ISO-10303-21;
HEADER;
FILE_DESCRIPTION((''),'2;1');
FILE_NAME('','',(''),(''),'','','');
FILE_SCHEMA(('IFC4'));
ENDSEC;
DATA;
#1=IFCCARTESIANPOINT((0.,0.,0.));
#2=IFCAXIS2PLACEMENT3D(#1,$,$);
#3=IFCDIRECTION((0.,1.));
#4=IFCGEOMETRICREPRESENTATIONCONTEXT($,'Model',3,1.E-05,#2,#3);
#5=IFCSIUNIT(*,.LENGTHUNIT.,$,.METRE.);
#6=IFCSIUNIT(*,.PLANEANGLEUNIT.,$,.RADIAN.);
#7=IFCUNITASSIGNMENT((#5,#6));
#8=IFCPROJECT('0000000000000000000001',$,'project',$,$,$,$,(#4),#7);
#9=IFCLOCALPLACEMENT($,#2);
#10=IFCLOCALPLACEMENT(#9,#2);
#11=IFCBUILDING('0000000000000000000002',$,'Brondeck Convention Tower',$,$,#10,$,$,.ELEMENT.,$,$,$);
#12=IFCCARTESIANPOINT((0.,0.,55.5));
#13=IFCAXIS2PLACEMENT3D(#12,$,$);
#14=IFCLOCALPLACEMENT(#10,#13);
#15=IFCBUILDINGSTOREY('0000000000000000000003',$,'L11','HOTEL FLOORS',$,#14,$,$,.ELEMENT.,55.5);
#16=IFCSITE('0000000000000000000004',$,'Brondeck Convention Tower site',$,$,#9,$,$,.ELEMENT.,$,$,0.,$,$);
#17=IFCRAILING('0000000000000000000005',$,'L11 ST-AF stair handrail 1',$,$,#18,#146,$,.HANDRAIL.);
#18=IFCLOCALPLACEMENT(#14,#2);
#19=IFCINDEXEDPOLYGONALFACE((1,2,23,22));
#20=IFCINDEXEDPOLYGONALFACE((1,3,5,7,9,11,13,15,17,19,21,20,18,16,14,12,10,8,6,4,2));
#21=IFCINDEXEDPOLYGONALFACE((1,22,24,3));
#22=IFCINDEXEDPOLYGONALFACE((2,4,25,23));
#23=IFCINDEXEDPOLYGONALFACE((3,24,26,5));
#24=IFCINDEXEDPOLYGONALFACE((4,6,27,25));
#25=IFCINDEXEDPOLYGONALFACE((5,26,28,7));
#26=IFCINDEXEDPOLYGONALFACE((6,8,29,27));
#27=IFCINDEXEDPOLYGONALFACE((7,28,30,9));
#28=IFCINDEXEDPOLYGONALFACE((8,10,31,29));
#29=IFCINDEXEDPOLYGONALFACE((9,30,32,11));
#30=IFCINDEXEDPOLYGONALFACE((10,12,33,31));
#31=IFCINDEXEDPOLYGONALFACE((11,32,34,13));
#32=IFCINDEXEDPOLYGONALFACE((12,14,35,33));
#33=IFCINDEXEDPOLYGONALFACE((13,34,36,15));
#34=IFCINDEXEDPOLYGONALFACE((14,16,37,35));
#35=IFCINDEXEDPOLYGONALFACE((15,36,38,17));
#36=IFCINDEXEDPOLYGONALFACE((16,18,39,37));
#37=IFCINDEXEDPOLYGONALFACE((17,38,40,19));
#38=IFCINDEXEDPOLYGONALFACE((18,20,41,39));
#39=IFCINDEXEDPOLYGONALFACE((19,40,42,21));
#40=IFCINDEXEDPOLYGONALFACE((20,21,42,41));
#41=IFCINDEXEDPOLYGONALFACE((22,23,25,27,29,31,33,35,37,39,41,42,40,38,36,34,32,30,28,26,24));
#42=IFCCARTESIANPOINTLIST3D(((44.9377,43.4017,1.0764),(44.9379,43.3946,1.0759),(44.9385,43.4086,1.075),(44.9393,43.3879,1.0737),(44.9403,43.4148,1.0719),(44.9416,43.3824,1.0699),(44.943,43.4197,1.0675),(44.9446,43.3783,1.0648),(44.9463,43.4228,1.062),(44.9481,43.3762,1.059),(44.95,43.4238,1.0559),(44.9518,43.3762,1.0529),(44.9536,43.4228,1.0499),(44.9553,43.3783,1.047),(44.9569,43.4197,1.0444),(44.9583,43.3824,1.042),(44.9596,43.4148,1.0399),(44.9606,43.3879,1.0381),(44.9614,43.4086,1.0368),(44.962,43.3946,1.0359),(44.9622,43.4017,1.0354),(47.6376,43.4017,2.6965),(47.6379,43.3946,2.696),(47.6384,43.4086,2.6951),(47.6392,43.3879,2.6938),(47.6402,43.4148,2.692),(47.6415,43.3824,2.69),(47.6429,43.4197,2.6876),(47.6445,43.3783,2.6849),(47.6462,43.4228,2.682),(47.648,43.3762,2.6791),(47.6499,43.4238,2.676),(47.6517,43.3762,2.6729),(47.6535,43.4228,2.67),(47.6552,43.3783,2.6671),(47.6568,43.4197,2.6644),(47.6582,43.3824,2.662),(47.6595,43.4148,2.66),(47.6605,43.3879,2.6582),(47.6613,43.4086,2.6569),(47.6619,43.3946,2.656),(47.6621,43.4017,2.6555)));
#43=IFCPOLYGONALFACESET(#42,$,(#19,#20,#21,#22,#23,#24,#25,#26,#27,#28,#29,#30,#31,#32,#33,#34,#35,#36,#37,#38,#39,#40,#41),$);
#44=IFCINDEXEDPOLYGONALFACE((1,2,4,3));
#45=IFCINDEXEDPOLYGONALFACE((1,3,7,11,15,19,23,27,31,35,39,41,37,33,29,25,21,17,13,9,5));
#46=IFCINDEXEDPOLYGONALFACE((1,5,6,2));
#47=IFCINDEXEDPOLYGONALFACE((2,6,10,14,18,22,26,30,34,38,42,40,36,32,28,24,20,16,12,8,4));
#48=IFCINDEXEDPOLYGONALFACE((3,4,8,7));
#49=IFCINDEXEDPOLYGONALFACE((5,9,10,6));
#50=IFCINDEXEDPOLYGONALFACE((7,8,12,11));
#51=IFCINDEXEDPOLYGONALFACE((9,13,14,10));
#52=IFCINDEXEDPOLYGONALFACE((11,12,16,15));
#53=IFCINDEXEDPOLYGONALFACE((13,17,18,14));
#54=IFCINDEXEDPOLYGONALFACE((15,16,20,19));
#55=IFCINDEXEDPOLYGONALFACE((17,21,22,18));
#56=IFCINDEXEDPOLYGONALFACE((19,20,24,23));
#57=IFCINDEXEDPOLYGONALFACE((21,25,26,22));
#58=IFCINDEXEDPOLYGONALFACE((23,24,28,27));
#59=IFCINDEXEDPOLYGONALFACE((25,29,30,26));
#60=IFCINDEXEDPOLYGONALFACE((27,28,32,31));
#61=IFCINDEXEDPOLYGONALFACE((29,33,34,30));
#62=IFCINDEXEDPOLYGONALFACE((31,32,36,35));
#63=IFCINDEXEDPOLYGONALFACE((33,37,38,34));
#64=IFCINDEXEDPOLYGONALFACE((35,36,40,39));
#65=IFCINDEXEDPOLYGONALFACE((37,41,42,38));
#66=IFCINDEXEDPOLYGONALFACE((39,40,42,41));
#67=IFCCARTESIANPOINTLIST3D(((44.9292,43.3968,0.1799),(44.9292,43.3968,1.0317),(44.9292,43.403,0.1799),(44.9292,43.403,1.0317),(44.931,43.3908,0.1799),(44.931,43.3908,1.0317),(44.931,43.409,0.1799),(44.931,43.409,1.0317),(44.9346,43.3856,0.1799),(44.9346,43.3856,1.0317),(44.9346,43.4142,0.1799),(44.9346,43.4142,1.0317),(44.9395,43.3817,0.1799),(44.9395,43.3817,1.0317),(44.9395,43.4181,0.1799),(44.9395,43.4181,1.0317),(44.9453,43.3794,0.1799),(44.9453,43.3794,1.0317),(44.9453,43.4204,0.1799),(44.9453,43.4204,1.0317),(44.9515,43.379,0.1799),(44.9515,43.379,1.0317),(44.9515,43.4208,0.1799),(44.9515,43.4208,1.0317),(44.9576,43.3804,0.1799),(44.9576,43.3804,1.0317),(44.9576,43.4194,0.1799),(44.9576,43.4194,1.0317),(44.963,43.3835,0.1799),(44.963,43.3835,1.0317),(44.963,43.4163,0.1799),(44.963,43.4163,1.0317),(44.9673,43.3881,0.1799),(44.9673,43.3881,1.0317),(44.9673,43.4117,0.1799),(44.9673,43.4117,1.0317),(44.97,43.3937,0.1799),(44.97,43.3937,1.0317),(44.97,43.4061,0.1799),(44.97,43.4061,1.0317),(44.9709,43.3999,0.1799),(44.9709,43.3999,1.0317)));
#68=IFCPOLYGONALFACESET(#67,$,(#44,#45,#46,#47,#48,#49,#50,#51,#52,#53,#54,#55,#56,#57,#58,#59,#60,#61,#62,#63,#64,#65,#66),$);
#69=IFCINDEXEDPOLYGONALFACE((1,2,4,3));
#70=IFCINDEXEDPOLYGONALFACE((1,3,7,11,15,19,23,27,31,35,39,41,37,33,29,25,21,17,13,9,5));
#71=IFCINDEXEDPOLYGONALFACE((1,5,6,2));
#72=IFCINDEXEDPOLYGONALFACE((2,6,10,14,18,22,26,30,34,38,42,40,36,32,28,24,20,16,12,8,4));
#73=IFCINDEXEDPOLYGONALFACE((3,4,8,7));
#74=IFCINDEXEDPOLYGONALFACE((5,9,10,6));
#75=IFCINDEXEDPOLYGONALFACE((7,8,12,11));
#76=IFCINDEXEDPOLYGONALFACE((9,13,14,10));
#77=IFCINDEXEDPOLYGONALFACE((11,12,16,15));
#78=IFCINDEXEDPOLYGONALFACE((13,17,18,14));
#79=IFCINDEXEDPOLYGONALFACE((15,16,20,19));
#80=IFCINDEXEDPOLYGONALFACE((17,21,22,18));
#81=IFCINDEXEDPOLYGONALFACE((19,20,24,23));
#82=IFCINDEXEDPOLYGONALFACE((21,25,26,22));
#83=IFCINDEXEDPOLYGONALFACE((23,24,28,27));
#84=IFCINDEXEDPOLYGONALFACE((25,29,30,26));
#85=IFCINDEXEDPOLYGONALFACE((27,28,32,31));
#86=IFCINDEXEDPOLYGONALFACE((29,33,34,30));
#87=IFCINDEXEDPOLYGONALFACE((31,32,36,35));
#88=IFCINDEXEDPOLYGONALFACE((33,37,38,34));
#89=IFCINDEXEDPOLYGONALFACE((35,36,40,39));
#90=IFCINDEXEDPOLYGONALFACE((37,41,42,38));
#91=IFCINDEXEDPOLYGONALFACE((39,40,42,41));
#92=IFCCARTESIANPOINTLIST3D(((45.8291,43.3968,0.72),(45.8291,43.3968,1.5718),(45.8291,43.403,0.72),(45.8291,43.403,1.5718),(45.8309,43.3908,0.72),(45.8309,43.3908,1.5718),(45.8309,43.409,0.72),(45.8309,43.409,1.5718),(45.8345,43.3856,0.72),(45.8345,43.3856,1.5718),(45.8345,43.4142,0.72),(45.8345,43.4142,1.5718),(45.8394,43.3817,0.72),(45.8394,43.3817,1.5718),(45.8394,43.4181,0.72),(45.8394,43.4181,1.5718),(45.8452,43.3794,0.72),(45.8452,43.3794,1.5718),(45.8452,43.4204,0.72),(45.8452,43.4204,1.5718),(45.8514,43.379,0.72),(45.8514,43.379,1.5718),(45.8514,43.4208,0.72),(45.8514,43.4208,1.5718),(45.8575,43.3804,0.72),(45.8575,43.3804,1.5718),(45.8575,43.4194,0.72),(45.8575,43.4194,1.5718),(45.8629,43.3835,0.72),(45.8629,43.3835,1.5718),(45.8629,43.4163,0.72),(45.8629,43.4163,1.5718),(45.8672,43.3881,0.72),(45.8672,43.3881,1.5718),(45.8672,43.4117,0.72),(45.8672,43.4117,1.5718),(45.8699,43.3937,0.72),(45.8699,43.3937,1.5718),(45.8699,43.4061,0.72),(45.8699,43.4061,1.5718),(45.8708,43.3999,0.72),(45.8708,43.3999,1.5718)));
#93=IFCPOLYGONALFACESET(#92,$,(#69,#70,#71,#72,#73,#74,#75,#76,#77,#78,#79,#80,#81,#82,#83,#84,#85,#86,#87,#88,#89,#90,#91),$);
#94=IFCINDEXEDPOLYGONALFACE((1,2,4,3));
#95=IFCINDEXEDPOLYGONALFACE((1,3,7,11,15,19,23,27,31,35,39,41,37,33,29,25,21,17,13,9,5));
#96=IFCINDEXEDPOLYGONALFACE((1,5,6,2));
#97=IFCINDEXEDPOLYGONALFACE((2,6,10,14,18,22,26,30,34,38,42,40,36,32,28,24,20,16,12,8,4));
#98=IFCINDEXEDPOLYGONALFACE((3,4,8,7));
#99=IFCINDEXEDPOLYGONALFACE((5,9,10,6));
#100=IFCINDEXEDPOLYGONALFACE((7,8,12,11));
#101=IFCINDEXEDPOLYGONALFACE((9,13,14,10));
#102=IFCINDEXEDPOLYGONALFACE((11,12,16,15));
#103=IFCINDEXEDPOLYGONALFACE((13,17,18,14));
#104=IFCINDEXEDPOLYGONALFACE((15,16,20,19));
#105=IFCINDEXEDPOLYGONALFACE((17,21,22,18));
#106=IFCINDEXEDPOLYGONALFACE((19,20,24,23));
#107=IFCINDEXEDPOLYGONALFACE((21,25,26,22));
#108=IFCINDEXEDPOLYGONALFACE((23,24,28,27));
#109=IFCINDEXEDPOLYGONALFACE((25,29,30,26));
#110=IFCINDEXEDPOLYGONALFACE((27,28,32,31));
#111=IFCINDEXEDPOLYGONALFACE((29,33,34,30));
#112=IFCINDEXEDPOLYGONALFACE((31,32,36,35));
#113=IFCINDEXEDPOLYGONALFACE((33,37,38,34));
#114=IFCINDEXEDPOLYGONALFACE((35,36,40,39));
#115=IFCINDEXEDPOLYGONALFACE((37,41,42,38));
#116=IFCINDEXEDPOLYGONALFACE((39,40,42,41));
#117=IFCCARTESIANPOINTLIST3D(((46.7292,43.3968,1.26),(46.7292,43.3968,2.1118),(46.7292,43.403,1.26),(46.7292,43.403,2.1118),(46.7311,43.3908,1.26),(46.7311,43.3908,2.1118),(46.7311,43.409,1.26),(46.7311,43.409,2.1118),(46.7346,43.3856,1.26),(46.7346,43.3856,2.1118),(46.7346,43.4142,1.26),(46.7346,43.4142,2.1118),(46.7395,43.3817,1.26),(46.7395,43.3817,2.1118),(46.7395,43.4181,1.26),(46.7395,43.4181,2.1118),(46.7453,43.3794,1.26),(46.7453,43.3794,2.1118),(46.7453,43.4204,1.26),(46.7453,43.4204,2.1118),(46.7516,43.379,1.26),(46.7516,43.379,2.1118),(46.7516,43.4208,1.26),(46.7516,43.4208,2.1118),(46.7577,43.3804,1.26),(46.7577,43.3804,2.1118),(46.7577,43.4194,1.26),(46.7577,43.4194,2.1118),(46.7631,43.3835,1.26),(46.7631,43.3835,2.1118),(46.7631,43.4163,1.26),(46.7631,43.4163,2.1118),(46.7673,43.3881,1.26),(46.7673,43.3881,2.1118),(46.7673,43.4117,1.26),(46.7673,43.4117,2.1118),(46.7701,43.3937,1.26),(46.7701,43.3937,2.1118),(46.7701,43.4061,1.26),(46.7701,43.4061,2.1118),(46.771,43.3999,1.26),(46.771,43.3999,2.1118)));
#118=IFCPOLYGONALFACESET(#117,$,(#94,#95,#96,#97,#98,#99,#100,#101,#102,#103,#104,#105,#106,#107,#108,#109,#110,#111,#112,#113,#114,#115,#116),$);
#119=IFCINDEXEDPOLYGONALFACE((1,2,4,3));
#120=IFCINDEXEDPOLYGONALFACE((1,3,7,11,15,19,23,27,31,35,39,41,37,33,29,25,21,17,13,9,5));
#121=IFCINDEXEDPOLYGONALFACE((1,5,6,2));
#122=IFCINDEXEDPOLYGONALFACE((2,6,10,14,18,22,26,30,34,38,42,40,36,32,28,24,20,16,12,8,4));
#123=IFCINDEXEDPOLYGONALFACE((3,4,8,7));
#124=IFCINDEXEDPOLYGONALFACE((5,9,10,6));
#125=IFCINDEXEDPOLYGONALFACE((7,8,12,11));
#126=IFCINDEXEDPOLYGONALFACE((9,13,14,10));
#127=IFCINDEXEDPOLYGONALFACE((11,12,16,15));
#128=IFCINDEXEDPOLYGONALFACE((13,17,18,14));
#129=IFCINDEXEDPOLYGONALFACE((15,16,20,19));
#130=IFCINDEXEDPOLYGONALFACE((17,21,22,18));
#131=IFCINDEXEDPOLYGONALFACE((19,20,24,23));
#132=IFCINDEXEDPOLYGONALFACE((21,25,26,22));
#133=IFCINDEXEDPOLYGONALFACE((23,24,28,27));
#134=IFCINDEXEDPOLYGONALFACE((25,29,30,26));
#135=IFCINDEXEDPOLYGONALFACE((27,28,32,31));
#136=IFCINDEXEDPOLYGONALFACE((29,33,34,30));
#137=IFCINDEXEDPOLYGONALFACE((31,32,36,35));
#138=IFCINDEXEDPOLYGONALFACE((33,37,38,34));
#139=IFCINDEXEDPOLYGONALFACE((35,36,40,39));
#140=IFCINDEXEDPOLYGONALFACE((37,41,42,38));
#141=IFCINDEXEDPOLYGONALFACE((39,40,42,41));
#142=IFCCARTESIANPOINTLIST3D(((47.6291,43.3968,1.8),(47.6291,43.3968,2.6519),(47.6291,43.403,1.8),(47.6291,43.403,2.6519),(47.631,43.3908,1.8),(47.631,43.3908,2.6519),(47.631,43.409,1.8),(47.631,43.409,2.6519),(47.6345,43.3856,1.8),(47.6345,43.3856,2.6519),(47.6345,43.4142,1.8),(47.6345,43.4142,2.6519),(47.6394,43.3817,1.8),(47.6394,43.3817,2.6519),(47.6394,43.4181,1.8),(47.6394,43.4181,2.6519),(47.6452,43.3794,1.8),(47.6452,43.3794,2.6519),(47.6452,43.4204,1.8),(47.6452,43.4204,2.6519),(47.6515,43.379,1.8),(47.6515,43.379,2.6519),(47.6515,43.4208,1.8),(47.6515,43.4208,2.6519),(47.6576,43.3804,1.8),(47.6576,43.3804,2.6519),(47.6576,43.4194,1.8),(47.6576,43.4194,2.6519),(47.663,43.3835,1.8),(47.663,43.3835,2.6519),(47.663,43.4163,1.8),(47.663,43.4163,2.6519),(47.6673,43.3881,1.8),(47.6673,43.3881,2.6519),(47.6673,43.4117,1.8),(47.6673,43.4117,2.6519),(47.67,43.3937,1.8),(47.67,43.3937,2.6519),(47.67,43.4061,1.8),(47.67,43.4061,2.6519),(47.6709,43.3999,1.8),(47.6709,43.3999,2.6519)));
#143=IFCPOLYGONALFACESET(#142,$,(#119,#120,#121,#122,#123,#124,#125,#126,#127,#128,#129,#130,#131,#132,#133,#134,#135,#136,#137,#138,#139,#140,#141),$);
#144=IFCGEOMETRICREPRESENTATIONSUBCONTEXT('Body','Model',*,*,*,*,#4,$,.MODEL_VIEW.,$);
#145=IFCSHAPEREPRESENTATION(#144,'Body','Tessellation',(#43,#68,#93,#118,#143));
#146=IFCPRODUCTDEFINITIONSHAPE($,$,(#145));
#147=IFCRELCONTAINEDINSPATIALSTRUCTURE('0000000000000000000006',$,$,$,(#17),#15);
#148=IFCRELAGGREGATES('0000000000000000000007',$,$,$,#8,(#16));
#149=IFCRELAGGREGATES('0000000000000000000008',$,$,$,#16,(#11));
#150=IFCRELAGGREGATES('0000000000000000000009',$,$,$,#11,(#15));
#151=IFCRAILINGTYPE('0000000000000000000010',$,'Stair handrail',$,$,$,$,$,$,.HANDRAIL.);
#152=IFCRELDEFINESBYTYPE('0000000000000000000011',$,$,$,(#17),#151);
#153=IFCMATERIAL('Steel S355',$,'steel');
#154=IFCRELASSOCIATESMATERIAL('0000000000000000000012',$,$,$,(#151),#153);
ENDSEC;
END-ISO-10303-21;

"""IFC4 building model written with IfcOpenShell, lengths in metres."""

from ifc_helpers import new_model, si_unit, direction, frame, origin, origin_2d, place, context, subcontext, project, spatial, circle, extrude, material, type_object, element, save


model = new_model("IFC4")

# Units and contexts
model_context = context("Model", 3, precision=1e-05, world=origin(), true_north=direction((0.0, 1.0)))
body_context = subcontext(model_context, "Body", "Model", "MODEL_VIEW")
ifc_project = project(units=[si_unit("LENGTHUNIT", "METRE"), si_unit("PLANEANGLEUNIT", "RADIAN")], contexts=[model_context])

# Site, building, storey
site_placement = place(None, origin())
site = spatial("IfcSite", under=ifc_project, at=site_placement, Name="Brondeck Convention Tower site", CompositionType="ELEMENT", RefElevation=0.0)
building_placement = place(site_placement, origin())
building = spatial("IfcBuilding", under=site, at=building_placement, Name="Brondeck Convention Tower", CompositionType="ELEMENT")
storey_placement = place(building_placement, frame((0.0, 0.0, 55.5)))
storey = spatial("IfcBuildingStorey", under=building, at=storey_placement, Name="L11", Description="HOTEL FLOORS", CompositionType="ELEMENT", Elevation=55.5)

# Shared definitions
ifc_material_1 = material(Name="Steel S355", Category="steel")

# Railing
railing_type_1 = type_object("IfcRailingType", Name="Stair handrail", PredefinedType="HANDRAIL", material=ifc_material_1)
railing_1_placement = place(storey_placement, frame((44.95, 43.3999, 0.1799)))
element("IfcRailing", 1, at=railing_1_placement, inside=storey, type_object=railing_type_1, Name="L11 ST-AF stair handrail 1", PredefinedType="HANDRAIL", context=body_context, shape_type="SweptSolid", body=[
    extrude(circle(Radius=0.0239, at=origin_2d()), frame((0.0, 0.0, 0.876), z_axis=(0.857472, 0.0, 0.51453), x_axis=(0.0, 1.0, 0.0)), (0.0, 0.0, 1.0), 3.1487),
    extrude(circle(Radius=0.021, at=origin_2d()), origin(), (0.0, 0.0, 1.0), 0.8518),
    extrude(circle(Radius=0.021, at=origin_2d()), frame((0.8999, 0.0, 0.54)), (0.0, 0.0, 1.0), 0.8518),
    extrude(circle(Radius=0.021, at=origin_2d()), frame((1.8, 0.0, 1.0801)), (0.0, 0.0, 1.0), 0.8518),
    extrude(circle(Radius=0.021, at=origin_2d()), frame((2.7, 0.0, 1.6201)), (0.0, 0.0, 1.0), 0.8518),
])

save(model, "model.ifc")
